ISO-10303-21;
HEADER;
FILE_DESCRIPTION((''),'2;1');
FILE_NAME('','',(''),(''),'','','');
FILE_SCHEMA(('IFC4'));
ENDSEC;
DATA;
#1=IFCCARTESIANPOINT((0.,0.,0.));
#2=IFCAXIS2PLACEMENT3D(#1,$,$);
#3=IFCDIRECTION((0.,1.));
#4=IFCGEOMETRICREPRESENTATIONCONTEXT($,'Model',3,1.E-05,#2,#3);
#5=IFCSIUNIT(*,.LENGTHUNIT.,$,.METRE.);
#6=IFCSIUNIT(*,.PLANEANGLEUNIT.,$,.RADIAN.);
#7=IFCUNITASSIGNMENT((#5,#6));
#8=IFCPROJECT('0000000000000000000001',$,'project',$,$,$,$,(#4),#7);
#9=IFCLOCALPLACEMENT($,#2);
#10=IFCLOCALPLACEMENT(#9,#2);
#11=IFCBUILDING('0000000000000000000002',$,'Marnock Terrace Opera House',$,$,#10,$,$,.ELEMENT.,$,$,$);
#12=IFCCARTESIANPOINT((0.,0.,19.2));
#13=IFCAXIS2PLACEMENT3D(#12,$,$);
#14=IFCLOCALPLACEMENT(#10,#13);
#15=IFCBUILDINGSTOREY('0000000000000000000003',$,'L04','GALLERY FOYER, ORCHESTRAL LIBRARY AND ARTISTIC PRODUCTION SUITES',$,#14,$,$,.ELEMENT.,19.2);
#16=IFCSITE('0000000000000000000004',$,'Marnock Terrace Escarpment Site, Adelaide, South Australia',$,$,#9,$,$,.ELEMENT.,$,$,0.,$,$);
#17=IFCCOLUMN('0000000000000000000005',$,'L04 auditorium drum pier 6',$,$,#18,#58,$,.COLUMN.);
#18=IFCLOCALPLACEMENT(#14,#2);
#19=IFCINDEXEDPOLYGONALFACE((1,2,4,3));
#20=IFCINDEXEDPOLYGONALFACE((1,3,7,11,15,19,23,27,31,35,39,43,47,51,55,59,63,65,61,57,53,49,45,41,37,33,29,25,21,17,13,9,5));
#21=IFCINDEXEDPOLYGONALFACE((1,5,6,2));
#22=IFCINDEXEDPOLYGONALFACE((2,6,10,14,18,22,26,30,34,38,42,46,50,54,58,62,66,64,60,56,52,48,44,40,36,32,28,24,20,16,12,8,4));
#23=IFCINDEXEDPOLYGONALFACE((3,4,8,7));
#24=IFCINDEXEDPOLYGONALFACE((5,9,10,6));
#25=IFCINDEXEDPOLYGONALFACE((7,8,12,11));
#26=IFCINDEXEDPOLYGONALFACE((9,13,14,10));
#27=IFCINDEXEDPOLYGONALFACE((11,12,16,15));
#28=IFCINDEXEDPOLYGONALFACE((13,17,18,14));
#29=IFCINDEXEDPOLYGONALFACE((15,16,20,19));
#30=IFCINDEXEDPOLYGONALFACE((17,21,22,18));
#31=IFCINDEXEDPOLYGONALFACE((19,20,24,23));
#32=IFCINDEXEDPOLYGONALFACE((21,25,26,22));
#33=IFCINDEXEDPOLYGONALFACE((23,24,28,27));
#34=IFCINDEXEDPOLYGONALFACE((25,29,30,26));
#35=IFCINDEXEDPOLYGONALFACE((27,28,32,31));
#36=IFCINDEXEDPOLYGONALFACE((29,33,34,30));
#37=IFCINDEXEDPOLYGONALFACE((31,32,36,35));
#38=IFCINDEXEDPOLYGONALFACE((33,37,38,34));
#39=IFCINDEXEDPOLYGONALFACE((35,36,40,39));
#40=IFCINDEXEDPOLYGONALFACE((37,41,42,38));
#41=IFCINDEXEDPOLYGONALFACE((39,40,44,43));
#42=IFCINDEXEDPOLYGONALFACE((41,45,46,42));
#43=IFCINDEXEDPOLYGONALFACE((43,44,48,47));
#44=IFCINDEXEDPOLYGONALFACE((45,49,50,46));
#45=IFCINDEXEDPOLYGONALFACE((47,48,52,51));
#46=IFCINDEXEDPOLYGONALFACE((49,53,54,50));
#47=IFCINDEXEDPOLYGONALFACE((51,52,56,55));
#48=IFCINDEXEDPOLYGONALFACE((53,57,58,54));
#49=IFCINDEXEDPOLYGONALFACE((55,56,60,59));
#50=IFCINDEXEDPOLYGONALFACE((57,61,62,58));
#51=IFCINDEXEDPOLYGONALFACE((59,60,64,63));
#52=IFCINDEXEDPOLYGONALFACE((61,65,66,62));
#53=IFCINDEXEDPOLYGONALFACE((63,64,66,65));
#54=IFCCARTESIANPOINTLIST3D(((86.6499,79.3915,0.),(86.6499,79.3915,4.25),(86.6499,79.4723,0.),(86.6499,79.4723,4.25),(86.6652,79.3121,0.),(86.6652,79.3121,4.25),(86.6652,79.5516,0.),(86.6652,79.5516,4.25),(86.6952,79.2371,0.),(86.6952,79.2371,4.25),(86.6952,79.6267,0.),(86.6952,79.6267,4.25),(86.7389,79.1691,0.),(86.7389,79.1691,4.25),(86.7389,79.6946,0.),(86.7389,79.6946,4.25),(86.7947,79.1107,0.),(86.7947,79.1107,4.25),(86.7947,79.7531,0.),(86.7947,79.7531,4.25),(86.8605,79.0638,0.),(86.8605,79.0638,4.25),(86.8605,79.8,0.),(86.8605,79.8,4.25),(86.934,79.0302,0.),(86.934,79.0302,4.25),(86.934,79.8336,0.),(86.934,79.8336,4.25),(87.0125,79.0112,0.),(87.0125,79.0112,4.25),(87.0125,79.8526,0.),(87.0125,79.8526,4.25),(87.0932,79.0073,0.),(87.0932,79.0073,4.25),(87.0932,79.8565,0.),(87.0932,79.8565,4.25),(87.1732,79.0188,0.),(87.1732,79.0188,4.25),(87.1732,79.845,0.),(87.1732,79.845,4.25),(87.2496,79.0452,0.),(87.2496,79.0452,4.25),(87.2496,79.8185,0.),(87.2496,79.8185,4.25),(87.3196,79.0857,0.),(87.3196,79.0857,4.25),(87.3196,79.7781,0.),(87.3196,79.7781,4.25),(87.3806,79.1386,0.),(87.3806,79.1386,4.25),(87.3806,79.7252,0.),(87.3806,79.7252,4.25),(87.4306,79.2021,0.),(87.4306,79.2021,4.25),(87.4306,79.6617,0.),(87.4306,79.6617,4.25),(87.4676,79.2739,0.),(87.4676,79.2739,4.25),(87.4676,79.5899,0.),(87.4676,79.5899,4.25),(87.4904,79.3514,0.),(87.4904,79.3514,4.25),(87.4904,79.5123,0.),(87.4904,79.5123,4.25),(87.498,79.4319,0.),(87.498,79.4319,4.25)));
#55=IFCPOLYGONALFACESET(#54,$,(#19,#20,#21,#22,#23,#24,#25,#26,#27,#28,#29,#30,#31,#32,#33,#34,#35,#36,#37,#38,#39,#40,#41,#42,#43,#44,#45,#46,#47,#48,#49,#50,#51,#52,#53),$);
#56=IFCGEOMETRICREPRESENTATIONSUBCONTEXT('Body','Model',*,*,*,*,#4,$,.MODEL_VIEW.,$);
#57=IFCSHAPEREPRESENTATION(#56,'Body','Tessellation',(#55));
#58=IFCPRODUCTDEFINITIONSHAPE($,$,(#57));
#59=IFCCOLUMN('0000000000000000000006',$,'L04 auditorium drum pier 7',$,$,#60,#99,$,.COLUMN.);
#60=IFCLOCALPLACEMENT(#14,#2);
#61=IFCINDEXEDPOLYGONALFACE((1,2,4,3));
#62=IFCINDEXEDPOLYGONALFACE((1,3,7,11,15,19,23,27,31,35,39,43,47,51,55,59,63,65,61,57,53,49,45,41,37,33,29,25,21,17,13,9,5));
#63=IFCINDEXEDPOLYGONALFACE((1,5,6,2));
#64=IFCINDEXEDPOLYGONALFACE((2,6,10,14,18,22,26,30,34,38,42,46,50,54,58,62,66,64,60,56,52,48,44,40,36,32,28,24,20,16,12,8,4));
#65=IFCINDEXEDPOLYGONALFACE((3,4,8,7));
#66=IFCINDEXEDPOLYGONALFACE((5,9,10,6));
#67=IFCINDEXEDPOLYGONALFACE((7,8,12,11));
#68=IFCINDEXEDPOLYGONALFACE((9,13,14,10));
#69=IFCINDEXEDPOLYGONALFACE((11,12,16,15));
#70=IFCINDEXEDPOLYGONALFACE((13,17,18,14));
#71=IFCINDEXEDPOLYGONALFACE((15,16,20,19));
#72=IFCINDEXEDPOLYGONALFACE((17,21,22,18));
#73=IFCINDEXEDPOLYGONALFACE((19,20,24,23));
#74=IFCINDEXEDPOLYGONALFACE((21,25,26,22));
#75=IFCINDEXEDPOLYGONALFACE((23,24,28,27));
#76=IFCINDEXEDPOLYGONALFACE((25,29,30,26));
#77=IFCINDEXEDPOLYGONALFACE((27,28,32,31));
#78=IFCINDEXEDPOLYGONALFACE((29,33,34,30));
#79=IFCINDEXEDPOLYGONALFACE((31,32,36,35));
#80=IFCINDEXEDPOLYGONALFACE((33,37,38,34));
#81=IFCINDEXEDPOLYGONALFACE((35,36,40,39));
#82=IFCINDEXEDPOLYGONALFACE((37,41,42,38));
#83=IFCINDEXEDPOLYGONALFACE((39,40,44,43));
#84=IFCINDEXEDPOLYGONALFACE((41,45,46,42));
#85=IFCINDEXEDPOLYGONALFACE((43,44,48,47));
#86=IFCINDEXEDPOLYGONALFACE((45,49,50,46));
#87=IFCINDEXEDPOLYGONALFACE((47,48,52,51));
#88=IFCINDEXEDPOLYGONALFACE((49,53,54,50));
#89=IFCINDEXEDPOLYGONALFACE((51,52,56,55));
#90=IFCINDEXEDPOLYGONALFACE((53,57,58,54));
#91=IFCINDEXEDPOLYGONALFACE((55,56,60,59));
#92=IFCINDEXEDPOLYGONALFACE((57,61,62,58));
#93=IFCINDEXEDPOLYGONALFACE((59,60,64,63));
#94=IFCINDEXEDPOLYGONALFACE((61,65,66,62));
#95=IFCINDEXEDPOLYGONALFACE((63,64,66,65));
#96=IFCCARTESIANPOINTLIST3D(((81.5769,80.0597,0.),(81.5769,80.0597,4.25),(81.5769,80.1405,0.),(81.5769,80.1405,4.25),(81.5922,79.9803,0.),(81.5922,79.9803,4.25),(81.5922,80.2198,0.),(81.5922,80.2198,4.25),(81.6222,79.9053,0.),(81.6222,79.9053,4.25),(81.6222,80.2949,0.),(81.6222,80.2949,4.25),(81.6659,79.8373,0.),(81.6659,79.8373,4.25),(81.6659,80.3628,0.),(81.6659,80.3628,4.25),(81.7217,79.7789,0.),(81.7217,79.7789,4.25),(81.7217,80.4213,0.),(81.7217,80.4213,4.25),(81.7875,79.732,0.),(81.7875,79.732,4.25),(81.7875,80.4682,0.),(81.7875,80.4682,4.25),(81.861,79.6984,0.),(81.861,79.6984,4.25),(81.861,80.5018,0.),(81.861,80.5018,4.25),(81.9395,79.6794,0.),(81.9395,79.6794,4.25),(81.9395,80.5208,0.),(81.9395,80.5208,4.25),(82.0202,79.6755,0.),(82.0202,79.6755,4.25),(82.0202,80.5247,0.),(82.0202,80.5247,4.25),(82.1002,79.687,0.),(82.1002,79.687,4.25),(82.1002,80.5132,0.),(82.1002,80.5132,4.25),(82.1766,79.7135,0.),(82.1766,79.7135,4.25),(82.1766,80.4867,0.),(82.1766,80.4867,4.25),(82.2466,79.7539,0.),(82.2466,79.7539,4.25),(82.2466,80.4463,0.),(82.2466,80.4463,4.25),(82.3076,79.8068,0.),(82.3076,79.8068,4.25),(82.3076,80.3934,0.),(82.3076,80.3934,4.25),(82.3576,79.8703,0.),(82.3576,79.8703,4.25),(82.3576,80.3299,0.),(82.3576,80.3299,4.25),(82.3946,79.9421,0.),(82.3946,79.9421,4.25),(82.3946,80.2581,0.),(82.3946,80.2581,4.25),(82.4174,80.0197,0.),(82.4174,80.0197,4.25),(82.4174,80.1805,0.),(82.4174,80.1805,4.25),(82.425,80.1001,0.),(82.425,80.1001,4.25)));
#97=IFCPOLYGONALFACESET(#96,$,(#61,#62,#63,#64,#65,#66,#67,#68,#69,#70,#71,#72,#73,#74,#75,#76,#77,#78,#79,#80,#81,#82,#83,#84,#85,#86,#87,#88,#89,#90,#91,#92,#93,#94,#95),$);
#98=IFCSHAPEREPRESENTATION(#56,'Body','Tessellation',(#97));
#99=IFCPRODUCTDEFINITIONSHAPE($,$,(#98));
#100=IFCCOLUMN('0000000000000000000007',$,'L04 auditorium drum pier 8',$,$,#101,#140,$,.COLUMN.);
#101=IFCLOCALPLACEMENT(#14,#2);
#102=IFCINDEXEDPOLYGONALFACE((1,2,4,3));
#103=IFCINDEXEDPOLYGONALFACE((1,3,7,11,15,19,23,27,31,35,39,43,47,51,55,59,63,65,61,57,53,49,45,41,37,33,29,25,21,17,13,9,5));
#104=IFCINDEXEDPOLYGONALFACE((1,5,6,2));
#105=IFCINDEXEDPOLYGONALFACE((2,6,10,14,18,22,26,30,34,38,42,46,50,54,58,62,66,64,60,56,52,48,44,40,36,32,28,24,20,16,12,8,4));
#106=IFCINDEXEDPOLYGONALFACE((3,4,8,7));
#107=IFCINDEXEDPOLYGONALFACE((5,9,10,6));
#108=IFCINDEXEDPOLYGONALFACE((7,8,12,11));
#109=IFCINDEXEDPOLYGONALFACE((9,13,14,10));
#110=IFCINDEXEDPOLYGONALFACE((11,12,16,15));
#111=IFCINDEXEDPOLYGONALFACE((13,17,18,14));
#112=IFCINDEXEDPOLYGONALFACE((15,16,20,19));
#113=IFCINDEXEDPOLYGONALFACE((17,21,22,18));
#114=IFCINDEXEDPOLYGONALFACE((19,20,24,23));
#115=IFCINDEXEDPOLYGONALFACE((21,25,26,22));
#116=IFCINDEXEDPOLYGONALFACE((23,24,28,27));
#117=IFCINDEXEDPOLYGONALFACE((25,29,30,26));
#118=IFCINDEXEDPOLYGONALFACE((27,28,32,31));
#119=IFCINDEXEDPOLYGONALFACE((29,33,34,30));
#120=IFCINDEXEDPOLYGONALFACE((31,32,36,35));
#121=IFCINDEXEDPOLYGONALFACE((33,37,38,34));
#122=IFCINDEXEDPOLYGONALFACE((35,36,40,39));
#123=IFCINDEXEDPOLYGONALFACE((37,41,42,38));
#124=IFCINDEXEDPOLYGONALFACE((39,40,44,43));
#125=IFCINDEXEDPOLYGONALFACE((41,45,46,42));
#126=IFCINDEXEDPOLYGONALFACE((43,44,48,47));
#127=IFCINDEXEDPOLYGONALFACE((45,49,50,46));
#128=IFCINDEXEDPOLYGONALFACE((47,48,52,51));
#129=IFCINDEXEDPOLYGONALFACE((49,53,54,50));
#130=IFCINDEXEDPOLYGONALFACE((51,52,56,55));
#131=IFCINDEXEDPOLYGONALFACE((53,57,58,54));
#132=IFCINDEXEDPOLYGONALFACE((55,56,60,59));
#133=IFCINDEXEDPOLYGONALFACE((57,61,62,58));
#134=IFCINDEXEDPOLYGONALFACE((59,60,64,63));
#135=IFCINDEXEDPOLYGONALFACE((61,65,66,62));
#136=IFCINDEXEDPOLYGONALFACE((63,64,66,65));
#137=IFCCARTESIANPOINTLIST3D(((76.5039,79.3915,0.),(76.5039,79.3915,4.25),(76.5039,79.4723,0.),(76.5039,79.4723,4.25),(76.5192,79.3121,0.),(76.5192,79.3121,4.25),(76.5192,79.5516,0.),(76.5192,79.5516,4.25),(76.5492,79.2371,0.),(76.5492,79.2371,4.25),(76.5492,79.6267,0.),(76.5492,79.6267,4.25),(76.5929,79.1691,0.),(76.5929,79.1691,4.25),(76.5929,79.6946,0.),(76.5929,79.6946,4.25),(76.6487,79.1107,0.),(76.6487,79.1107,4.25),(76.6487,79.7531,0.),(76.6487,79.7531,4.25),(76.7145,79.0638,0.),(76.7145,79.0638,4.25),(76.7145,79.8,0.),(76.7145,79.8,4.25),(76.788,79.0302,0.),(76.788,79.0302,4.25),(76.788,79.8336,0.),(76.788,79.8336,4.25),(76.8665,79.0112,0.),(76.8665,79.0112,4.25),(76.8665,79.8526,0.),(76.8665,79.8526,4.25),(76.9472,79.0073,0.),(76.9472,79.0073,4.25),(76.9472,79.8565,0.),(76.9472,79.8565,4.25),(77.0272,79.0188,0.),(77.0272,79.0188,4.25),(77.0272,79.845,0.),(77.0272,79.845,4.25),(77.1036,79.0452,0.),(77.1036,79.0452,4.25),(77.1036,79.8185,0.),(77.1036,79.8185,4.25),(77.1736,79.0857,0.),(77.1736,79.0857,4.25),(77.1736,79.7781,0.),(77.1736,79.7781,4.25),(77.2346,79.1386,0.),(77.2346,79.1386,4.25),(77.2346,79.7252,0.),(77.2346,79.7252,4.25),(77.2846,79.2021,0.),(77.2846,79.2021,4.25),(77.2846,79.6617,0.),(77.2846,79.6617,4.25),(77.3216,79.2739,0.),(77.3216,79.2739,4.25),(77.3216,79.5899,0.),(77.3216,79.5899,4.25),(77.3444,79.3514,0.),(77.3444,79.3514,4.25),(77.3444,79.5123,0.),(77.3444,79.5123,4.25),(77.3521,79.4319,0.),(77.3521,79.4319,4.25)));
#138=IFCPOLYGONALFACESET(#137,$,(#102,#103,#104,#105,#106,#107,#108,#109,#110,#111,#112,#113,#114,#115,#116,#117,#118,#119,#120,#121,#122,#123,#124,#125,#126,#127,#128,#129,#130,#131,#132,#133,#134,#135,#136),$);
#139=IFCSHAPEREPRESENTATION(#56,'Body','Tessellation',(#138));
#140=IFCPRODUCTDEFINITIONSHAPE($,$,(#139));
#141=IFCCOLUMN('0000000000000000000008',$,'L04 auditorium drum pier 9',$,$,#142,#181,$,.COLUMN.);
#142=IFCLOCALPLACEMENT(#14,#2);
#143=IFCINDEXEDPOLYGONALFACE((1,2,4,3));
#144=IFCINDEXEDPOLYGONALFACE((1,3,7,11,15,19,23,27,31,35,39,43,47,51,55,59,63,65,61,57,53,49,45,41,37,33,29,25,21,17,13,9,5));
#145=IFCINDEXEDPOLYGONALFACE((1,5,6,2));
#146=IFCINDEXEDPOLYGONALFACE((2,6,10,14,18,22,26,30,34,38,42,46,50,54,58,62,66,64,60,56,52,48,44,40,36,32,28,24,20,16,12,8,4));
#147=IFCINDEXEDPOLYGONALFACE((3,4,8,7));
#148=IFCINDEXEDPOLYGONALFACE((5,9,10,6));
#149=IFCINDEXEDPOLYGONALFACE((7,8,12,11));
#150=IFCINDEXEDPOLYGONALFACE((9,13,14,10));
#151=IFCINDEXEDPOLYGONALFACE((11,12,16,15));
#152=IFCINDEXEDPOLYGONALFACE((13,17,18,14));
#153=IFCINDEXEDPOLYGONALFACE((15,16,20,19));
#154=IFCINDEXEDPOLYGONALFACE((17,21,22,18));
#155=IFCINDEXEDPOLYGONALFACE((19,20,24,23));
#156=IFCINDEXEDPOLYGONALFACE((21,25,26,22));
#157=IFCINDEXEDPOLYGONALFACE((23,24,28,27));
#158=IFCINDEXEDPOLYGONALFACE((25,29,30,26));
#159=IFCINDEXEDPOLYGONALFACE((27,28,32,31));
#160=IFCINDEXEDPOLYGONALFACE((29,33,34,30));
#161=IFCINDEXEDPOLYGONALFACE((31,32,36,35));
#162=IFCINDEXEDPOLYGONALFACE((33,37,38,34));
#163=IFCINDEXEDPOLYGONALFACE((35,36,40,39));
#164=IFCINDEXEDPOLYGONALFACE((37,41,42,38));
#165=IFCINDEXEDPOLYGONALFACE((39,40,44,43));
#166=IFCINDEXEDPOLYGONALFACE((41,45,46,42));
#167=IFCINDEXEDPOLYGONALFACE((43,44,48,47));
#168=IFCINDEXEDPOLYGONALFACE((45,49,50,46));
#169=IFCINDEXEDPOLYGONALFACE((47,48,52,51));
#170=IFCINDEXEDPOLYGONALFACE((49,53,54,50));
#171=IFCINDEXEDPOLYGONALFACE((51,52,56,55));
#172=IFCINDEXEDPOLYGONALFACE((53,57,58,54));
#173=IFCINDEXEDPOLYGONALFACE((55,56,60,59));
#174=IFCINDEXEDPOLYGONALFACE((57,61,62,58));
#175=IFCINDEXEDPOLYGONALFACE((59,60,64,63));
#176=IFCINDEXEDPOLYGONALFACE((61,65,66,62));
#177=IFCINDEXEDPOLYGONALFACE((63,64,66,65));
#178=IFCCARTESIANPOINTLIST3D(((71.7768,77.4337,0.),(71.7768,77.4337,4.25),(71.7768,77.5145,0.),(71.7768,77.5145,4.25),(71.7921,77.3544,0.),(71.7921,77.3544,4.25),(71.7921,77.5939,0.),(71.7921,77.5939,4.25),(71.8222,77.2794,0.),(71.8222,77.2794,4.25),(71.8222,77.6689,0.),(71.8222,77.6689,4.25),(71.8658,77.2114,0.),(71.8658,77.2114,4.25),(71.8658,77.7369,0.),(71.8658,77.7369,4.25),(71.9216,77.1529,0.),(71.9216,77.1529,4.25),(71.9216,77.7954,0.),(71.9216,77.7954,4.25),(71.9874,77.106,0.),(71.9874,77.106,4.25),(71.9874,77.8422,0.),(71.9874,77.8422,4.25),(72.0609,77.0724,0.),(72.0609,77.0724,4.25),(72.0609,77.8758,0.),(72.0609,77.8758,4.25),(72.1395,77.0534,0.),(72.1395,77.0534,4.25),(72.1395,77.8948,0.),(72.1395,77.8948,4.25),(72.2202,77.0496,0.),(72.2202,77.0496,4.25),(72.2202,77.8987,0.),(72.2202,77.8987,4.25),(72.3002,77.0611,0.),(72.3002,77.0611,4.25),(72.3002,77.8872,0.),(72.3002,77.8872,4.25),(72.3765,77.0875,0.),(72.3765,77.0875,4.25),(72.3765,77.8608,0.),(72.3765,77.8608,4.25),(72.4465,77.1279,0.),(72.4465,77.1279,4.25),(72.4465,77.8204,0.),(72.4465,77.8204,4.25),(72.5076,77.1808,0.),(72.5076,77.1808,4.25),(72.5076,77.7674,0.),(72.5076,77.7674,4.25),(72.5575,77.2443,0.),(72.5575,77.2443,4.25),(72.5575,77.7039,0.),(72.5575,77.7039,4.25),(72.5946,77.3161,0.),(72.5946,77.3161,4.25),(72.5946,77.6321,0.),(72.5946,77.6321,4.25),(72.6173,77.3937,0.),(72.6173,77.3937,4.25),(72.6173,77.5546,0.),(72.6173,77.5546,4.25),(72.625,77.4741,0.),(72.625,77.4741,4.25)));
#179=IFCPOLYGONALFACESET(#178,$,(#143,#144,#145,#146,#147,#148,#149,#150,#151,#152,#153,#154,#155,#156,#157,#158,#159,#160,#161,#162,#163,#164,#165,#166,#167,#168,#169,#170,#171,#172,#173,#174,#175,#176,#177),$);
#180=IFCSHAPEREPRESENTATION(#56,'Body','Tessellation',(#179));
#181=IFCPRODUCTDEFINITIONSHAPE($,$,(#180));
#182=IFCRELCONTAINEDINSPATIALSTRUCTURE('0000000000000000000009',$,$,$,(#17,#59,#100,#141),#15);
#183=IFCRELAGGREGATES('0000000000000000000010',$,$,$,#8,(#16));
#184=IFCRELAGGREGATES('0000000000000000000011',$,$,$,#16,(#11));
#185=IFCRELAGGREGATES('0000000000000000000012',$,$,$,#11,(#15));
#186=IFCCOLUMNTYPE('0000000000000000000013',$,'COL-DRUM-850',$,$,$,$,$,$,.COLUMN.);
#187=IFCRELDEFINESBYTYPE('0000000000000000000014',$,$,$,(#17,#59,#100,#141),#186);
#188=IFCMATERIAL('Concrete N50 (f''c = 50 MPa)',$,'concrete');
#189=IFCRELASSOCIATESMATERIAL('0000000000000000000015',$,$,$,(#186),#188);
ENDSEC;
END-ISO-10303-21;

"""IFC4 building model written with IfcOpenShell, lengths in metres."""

from ifc_helpers import new_model, si_unit, direction, frame, origin, origin_2d, place, context, subcontext, project, spatial, circle, extrude, material, material_profile, profile_set, type_object, element, save


model = new_model("IFC4")

# Units and contexts
model_context = context("Model", 3, precision=1e-05, world=origin(), true_north=direction((0.0, 1.0)))
body_context = subcontext(model_context, "Body", "Model", "MODEL_VIEW")
ifc_project = project(units=[si_unit("LENGTHUNIT", "METRE"), si_unit("PLANEANGLEUNIT", "RADIAN")], contexts=[model_context])

# Site, building, storey
site_placement = place(None, origin())
site = spatial("IfcSite", under=ifc_project, at=site_placement, Name="Marnock Terrace Escarpment Site, Adelaide, South Australia", CompositionType="ELEMENT", RefElevation=0.0)
building_placement = place(site_placement, origin())
building = spatial("IfcBuilding", under=site, at=building_placement, Name="Marnock Terrace Opera House", CompositionType="ELEMENT")
storey_placement = place(building_placement, frame((0.0, 0.0, 19.2)))
storey = spatial("IfcBuildingStorey", under=building, at=storey_placement, Name="L04", Description="GALLERY FOYER, ORCHESTRAL LIBRARY AND ARTISTIC PRODUCTION SUITES", CompositionType="ELEMENT", Elevation=19.2)

# Columns
ifc_material_1 = material(Name="Concrete N50 (f'c = 50 MPa)", Category="concrete")
ifc_material_profile_1 = material_profile(ifc_material_1, circle(Radius=0.425, at=origin_2d()))
ifc_profile_set_1 = profile_set([ifc_material_profile_1], Name="Concrete N50 (f'c = 50 MPa)")
column_type = type_object("IfcColumnType", Name="COL-DRUM-850", PredefinedType="COLUMN", material=ifc_profile_set_1)
for number, where, z_axis, x_axis, name in (
    (1, (87.073, 79.4319, 0.0), (0.0, 0.0, 1.0), (1.0, 0.0, 0.0), "L04 auditorium drum pier 6"),
    (2, (82.0, 80.1001, 0.0), (0.0, 0.0, 1.0), (1.0, 0.0, 0.0), "L04 auditorium drum pier 7"),
    (3, (76.927, 79.4319, 0.0), (0.0, 0.0, 1.0), (1.0, 0.0, 0.0), "L04 auditorium drum pier 8"),
    (4, (72.2, 77.4741, 0.0), (0.0, 0.0, 1.0), (1.0, 0.0, 0.0), "L04 auditorium drum pier 9"),
):
    element("IfcColumn", number, at=place(storey_placement, frame(where, z_axis=z_axis, x_axis=x_axis)), inside=storey, type_object=column_type, Name=name, PredefinedType="COLUMN", context=body_context, shape_type="SweptSolid", body=[
        extrude(circle(Radius=0.425, at=origin_2d()), origin(), (0.0, 0.0, 1.0), 4.25),
    ])

save(model, "model.ifc")
